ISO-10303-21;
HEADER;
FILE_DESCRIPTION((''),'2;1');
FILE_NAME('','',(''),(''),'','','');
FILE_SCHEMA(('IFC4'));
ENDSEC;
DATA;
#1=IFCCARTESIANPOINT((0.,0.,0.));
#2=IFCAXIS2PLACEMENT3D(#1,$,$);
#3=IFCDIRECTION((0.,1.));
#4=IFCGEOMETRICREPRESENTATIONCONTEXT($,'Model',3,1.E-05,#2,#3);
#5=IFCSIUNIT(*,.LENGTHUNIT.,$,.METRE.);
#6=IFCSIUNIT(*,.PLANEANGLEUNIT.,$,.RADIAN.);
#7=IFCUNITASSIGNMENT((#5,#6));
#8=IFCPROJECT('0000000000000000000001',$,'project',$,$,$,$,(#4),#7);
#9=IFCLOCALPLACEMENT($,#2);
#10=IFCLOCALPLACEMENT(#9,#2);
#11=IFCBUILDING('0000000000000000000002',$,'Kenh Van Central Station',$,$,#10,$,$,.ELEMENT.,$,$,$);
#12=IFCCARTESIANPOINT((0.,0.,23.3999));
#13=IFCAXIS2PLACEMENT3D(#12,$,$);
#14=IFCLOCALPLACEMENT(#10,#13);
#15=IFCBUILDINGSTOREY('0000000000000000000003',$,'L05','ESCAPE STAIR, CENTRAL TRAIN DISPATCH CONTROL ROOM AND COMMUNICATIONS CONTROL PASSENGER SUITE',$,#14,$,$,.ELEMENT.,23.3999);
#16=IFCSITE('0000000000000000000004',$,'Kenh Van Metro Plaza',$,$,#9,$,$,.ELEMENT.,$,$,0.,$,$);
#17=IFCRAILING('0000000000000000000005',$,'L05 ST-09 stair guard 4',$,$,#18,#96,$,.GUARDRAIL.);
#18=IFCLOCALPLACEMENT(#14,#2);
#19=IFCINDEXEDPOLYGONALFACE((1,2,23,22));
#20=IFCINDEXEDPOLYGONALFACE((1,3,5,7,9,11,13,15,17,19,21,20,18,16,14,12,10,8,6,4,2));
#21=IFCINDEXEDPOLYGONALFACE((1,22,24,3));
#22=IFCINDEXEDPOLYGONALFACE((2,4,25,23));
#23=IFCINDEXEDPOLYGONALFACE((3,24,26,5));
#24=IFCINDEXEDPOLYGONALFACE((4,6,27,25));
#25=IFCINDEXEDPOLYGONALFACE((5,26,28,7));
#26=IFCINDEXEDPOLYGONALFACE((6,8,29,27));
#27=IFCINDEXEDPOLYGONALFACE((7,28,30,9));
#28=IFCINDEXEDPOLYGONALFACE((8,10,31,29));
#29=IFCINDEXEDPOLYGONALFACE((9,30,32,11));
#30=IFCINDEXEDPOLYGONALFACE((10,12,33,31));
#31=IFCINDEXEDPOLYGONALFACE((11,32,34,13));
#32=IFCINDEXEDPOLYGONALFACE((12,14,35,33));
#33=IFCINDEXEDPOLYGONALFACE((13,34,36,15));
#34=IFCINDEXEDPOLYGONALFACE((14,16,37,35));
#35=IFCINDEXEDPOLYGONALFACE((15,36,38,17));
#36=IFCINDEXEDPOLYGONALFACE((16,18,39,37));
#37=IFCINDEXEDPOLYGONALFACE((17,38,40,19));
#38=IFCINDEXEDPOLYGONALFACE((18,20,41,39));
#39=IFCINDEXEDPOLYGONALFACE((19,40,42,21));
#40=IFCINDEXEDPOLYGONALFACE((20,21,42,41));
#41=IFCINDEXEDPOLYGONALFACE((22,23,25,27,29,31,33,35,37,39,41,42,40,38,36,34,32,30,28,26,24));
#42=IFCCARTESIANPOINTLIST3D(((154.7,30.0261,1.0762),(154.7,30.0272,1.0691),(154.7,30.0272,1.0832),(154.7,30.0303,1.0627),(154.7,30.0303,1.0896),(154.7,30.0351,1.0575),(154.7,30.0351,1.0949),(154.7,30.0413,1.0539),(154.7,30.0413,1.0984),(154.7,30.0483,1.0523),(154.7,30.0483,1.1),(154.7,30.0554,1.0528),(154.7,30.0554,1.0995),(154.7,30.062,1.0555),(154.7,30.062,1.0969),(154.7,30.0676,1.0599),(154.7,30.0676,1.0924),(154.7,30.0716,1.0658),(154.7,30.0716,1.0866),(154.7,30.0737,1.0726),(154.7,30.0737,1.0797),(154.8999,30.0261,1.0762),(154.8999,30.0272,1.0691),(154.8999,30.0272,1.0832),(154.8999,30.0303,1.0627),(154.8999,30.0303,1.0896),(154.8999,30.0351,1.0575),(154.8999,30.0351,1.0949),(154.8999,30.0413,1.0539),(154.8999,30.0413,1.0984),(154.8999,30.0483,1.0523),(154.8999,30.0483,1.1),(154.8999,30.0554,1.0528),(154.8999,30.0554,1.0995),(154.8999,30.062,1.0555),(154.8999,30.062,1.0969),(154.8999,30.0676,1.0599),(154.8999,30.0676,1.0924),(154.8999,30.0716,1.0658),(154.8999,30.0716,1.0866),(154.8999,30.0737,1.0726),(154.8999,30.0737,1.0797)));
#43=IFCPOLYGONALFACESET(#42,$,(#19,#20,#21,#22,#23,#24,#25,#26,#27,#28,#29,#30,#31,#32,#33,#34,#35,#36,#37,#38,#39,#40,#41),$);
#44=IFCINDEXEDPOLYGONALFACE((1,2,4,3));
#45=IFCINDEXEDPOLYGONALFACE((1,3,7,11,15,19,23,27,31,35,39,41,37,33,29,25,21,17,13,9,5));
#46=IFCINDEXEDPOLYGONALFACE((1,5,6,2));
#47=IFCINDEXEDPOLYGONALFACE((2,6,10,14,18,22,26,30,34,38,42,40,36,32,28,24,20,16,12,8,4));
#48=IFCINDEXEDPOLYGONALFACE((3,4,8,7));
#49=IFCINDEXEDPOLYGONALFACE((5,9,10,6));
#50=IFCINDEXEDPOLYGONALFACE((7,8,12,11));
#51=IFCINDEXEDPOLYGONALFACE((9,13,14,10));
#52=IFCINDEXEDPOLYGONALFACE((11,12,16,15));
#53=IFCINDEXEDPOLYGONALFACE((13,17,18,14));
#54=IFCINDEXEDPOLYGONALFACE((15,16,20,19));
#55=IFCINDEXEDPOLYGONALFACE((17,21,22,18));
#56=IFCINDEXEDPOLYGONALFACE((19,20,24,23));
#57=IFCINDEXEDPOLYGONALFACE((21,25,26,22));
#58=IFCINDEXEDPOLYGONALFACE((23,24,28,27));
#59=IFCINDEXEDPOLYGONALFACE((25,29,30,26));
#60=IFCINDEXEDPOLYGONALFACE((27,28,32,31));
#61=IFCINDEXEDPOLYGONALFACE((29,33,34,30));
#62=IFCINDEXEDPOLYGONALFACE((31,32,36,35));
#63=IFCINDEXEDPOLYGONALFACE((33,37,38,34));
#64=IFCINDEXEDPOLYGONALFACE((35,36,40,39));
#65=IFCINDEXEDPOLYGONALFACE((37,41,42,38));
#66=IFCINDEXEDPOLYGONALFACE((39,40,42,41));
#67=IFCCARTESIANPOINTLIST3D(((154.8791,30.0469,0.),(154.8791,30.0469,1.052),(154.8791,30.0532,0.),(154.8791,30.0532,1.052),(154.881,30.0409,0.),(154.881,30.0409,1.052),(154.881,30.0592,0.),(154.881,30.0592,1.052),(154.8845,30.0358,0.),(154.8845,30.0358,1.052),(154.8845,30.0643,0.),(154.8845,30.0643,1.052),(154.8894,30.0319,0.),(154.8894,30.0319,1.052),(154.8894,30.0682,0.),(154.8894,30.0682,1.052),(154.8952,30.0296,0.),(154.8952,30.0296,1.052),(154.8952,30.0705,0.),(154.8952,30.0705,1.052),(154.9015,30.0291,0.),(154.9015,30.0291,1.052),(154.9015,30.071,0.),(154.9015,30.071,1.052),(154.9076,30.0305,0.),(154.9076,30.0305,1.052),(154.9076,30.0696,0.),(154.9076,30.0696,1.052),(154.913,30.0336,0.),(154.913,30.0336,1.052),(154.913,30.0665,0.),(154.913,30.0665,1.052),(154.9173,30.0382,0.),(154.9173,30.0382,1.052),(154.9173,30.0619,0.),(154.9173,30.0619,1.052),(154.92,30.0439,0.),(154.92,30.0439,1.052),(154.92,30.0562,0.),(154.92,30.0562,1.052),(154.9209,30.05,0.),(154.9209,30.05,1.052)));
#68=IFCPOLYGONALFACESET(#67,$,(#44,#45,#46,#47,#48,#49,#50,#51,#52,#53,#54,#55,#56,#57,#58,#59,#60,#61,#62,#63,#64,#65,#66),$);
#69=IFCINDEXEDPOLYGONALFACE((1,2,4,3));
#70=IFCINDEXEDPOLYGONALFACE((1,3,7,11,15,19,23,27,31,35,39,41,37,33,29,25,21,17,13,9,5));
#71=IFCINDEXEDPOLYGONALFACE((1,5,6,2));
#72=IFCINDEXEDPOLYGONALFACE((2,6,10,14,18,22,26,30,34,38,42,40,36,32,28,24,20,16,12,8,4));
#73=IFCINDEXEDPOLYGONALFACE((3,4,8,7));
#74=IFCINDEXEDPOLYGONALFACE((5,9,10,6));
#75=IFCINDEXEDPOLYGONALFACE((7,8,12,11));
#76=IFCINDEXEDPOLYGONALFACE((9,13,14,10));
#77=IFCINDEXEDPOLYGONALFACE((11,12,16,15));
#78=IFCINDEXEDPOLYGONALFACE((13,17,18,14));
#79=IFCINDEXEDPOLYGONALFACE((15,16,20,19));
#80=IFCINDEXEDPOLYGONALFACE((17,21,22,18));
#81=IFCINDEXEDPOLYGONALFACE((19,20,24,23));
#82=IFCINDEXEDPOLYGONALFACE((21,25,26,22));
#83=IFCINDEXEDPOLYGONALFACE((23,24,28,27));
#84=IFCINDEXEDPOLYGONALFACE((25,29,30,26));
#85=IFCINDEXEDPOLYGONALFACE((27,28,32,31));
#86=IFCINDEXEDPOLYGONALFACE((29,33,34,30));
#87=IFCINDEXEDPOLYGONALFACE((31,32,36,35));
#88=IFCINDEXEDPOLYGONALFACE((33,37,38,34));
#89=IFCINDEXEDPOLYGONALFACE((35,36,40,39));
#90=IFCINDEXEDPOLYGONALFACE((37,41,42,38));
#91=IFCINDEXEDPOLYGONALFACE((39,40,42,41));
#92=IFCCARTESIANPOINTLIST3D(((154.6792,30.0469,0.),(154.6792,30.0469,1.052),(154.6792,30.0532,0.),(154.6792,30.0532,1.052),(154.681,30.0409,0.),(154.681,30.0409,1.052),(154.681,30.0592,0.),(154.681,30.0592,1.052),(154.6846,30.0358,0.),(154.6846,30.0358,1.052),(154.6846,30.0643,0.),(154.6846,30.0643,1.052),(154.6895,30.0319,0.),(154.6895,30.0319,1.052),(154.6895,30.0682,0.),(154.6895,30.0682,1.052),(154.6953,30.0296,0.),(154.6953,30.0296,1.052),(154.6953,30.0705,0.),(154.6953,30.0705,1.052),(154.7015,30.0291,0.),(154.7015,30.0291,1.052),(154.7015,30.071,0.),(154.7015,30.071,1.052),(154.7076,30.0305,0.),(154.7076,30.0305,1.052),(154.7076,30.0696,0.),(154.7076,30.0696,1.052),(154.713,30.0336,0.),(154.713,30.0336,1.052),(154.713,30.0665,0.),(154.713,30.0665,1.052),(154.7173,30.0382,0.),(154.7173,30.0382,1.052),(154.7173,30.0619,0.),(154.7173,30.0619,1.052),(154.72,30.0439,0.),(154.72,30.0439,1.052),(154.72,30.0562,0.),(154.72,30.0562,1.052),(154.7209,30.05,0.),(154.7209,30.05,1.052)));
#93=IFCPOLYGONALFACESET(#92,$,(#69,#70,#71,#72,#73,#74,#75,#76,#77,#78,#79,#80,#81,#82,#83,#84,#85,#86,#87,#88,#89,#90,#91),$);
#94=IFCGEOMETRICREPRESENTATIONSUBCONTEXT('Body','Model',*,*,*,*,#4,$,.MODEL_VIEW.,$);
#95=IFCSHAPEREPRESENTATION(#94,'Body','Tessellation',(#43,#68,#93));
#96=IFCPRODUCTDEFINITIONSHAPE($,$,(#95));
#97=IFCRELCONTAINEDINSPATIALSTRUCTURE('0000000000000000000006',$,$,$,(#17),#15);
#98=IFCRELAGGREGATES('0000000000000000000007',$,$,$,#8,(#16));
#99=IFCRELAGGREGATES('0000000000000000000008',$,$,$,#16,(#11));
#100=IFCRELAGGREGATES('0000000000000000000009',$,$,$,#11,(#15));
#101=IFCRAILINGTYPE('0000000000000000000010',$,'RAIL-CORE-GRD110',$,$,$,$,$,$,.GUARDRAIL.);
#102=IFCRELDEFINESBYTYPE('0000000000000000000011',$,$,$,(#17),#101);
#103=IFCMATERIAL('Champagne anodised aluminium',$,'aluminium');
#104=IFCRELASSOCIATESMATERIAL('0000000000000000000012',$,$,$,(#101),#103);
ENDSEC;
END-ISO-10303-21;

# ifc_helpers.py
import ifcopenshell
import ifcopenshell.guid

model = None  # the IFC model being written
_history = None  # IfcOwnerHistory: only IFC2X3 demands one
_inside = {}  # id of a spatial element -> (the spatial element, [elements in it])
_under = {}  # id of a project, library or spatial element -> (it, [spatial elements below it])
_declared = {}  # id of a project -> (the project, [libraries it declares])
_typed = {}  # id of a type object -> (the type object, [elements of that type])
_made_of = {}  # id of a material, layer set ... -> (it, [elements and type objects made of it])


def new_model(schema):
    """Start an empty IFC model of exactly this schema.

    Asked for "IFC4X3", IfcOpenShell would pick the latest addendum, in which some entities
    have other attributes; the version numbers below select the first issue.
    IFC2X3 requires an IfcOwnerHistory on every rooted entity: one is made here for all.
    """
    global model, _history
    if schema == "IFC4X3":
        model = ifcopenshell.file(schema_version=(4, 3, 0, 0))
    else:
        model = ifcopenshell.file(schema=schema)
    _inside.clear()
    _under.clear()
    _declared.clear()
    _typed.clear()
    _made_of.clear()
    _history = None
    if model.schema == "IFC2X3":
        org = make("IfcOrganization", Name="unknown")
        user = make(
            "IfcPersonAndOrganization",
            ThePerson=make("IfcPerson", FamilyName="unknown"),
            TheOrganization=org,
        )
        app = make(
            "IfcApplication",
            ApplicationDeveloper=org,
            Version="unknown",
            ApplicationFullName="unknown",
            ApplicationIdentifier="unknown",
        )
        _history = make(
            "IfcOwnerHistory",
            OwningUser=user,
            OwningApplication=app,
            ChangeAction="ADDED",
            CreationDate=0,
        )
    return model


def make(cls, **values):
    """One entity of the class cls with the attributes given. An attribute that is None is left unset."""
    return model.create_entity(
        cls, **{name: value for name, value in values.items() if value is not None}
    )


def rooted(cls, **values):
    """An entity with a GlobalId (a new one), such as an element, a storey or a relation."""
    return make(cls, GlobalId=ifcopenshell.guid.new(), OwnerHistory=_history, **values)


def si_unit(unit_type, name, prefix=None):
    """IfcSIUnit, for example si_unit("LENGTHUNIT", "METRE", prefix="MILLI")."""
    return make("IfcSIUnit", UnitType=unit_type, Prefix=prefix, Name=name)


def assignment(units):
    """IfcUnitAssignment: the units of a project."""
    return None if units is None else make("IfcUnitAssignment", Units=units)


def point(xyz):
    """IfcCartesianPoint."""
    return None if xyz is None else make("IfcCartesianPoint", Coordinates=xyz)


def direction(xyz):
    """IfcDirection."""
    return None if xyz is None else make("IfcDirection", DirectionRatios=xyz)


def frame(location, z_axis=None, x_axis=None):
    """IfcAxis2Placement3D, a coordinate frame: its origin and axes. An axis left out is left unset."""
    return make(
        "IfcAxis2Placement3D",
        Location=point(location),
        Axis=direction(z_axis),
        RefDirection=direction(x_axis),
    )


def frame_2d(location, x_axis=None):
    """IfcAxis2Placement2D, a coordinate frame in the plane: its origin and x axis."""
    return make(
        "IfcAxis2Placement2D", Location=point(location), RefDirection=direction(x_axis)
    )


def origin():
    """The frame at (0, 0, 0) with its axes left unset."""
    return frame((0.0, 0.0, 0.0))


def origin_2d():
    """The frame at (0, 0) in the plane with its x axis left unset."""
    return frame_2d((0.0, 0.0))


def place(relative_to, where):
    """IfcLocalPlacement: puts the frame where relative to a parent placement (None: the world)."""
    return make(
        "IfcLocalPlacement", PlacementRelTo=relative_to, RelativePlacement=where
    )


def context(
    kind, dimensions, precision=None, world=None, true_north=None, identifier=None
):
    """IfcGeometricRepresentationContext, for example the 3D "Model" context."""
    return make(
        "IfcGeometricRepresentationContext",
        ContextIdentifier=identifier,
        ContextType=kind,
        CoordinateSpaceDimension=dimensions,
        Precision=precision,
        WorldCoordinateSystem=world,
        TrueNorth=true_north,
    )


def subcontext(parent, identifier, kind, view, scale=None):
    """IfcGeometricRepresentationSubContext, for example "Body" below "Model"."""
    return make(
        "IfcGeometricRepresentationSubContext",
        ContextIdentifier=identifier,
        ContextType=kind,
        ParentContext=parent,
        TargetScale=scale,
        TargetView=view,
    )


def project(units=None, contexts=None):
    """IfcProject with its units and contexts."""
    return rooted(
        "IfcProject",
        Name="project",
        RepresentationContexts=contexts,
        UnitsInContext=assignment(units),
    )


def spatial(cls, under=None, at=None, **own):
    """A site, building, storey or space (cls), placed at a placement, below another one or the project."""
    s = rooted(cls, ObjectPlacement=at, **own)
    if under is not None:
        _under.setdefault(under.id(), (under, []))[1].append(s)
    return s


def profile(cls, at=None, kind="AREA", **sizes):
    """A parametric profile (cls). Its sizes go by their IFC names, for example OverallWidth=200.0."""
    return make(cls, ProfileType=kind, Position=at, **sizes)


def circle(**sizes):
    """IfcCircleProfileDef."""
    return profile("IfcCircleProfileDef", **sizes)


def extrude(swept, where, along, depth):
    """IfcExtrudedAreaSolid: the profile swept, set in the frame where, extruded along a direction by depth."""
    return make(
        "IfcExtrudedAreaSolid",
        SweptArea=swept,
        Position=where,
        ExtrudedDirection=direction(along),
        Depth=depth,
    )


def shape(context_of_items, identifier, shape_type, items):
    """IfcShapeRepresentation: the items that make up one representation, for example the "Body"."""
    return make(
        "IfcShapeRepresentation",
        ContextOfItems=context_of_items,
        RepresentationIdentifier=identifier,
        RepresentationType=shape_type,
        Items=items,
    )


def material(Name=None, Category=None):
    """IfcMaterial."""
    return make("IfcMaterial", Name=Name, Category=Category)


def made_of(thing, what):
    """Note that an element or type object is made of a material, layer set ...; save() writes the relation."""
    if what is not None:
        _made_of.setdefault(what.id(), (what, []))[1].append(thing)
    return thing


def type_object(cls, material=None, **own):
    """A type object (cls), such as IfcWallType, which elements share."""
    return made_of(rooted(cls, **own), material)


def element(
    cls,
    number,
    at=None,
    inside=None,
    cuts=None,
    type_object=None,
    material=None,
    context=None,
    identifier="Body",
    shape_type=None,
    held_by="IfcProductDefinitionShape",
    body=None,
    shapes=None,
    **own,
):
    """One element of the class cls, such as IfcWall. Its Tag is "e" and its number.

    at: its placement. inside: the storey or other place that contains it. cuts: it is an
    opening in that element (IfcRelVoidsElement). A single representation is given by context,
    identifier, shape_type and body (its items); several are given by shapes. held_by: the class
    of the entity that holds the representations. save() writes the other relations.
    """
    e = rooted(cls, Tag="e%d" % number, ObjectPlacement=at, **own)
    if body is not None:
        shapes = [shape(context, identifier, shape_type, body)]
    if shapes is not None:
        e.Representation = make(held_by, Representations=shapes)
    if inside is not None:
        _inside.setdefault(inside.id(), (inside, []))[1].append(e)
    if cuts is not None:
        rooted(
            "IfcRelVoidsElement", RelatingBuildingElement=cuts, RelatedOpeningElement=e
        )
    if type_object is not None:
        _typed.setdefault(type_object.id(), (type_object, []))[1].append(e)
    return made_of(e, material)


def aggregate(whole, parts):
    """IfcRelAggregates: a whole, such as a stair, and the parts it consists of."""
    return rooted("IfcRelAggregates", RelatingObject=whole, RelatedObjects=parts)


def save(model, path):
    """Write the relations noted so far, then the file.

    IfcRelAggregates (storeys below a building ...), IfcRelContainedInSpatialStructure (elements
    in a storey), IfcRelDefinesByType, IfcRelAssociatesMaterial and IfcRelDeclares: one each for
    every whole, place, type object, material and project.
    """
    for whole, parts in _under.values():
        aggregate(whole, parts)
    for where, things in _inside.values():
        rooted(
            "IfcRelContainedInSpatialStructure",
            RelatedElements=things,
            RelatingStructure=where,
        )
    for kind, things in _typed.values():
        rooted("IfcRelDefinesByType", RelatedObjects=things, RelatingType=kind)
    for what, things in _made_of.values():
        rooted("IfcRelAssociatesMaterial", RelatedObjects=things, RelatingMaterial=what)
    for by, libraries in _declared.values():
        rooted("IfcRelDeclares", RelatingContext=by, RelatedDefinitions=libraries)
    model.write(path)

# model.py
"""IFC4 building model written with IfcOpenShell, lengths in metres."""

from ifc_helpers import new_model, si_unit, direction, frame, origin, origin_2d, place, context, subcontext, project, spatial, circle, extrude, material, type_object, element, save


model = new_model("IFC4")

# Units and contexts
model_context = context("Model", 3, precision=1e-05, world=origin(), true_north=direction((0.0, 1.0)))
body_context = subcontext(model_context, "Body", "Model", "MODEL_VIEW")
ifc_project = project(units=[si_unit("LENGTHUNIT", "METRE"), si_unit("PLANEANGLEUNIT", "RADIAN")], contexts=[model_context])

# Site, building, storey
site_placement = place(None, origin())
site = spatial("IfcSite", under=ifc_project, at=site_placement, Name="Kenh Van Metro Plaza", CompositionType="ELEMENT", RefElevation=0.0)
building_placement = place(site_placement, origin())
building = spatial("IfcBuilding", under=site, at=building_placement, Name="Kenh Van Central Station", CompositionType="ELEMENT")
storey_placement = place(building_placement, frame((0.0, 0.0, 23.3999)))
storey = spatial("IfcBuildingStorey", under=building, at=storey_placement, Name="L05", Description="ESCAPE STAIR, CENTRAL TRAIN DISPATCH CONTROL ROOM AND COMMUNICATIONS CONTROL PASSENGER SUITE", CompositionType="ELEMENT", Elevation=23.3999)

# Shared definitions
ifc_material_1 = material(Name="Champagne anodised aluminium", Category="aluminium")

# Railing
railing_type_1 = type_object("IfcRailingType", Name="RAIL-CORE-GRD110", PredefinedType="GUARDRAIL", material=ifc_material_1)
railing_1_placement = place(storey_placement, frame((154.8999, 30.05, 0.0)))
element("IfcRailing", 1, at=railing_1_placement, inside=storey, type_object=railing_type_1, Name="L05 ST-09 stair guard 4", PredefinedType="GUARDRAIL", context=body_context, shape_type="SweptSolid", body=[
    extrude(circle(Radius=0.0239, at=origin_2d()), frame((0.0, 0.0, 1.0762), z_axis=(-1.0, 0.0, 0.0), x_axis=(0.0, -1.0, 0.0)), (0.0, 0.0, 1.0), 0.2),
    extrude(circle(Radius=0.021, at=origin_2d()), origin(), (0.0, 0.0, 1.0), 1.052),
    extrude(circle(Radius=0.021, at=origin_2d()), frame((-0.2, 0.0, 0.0)), (0.0, 0.0, 1.0), 1.052),
])

save(model, "model.ifc")
